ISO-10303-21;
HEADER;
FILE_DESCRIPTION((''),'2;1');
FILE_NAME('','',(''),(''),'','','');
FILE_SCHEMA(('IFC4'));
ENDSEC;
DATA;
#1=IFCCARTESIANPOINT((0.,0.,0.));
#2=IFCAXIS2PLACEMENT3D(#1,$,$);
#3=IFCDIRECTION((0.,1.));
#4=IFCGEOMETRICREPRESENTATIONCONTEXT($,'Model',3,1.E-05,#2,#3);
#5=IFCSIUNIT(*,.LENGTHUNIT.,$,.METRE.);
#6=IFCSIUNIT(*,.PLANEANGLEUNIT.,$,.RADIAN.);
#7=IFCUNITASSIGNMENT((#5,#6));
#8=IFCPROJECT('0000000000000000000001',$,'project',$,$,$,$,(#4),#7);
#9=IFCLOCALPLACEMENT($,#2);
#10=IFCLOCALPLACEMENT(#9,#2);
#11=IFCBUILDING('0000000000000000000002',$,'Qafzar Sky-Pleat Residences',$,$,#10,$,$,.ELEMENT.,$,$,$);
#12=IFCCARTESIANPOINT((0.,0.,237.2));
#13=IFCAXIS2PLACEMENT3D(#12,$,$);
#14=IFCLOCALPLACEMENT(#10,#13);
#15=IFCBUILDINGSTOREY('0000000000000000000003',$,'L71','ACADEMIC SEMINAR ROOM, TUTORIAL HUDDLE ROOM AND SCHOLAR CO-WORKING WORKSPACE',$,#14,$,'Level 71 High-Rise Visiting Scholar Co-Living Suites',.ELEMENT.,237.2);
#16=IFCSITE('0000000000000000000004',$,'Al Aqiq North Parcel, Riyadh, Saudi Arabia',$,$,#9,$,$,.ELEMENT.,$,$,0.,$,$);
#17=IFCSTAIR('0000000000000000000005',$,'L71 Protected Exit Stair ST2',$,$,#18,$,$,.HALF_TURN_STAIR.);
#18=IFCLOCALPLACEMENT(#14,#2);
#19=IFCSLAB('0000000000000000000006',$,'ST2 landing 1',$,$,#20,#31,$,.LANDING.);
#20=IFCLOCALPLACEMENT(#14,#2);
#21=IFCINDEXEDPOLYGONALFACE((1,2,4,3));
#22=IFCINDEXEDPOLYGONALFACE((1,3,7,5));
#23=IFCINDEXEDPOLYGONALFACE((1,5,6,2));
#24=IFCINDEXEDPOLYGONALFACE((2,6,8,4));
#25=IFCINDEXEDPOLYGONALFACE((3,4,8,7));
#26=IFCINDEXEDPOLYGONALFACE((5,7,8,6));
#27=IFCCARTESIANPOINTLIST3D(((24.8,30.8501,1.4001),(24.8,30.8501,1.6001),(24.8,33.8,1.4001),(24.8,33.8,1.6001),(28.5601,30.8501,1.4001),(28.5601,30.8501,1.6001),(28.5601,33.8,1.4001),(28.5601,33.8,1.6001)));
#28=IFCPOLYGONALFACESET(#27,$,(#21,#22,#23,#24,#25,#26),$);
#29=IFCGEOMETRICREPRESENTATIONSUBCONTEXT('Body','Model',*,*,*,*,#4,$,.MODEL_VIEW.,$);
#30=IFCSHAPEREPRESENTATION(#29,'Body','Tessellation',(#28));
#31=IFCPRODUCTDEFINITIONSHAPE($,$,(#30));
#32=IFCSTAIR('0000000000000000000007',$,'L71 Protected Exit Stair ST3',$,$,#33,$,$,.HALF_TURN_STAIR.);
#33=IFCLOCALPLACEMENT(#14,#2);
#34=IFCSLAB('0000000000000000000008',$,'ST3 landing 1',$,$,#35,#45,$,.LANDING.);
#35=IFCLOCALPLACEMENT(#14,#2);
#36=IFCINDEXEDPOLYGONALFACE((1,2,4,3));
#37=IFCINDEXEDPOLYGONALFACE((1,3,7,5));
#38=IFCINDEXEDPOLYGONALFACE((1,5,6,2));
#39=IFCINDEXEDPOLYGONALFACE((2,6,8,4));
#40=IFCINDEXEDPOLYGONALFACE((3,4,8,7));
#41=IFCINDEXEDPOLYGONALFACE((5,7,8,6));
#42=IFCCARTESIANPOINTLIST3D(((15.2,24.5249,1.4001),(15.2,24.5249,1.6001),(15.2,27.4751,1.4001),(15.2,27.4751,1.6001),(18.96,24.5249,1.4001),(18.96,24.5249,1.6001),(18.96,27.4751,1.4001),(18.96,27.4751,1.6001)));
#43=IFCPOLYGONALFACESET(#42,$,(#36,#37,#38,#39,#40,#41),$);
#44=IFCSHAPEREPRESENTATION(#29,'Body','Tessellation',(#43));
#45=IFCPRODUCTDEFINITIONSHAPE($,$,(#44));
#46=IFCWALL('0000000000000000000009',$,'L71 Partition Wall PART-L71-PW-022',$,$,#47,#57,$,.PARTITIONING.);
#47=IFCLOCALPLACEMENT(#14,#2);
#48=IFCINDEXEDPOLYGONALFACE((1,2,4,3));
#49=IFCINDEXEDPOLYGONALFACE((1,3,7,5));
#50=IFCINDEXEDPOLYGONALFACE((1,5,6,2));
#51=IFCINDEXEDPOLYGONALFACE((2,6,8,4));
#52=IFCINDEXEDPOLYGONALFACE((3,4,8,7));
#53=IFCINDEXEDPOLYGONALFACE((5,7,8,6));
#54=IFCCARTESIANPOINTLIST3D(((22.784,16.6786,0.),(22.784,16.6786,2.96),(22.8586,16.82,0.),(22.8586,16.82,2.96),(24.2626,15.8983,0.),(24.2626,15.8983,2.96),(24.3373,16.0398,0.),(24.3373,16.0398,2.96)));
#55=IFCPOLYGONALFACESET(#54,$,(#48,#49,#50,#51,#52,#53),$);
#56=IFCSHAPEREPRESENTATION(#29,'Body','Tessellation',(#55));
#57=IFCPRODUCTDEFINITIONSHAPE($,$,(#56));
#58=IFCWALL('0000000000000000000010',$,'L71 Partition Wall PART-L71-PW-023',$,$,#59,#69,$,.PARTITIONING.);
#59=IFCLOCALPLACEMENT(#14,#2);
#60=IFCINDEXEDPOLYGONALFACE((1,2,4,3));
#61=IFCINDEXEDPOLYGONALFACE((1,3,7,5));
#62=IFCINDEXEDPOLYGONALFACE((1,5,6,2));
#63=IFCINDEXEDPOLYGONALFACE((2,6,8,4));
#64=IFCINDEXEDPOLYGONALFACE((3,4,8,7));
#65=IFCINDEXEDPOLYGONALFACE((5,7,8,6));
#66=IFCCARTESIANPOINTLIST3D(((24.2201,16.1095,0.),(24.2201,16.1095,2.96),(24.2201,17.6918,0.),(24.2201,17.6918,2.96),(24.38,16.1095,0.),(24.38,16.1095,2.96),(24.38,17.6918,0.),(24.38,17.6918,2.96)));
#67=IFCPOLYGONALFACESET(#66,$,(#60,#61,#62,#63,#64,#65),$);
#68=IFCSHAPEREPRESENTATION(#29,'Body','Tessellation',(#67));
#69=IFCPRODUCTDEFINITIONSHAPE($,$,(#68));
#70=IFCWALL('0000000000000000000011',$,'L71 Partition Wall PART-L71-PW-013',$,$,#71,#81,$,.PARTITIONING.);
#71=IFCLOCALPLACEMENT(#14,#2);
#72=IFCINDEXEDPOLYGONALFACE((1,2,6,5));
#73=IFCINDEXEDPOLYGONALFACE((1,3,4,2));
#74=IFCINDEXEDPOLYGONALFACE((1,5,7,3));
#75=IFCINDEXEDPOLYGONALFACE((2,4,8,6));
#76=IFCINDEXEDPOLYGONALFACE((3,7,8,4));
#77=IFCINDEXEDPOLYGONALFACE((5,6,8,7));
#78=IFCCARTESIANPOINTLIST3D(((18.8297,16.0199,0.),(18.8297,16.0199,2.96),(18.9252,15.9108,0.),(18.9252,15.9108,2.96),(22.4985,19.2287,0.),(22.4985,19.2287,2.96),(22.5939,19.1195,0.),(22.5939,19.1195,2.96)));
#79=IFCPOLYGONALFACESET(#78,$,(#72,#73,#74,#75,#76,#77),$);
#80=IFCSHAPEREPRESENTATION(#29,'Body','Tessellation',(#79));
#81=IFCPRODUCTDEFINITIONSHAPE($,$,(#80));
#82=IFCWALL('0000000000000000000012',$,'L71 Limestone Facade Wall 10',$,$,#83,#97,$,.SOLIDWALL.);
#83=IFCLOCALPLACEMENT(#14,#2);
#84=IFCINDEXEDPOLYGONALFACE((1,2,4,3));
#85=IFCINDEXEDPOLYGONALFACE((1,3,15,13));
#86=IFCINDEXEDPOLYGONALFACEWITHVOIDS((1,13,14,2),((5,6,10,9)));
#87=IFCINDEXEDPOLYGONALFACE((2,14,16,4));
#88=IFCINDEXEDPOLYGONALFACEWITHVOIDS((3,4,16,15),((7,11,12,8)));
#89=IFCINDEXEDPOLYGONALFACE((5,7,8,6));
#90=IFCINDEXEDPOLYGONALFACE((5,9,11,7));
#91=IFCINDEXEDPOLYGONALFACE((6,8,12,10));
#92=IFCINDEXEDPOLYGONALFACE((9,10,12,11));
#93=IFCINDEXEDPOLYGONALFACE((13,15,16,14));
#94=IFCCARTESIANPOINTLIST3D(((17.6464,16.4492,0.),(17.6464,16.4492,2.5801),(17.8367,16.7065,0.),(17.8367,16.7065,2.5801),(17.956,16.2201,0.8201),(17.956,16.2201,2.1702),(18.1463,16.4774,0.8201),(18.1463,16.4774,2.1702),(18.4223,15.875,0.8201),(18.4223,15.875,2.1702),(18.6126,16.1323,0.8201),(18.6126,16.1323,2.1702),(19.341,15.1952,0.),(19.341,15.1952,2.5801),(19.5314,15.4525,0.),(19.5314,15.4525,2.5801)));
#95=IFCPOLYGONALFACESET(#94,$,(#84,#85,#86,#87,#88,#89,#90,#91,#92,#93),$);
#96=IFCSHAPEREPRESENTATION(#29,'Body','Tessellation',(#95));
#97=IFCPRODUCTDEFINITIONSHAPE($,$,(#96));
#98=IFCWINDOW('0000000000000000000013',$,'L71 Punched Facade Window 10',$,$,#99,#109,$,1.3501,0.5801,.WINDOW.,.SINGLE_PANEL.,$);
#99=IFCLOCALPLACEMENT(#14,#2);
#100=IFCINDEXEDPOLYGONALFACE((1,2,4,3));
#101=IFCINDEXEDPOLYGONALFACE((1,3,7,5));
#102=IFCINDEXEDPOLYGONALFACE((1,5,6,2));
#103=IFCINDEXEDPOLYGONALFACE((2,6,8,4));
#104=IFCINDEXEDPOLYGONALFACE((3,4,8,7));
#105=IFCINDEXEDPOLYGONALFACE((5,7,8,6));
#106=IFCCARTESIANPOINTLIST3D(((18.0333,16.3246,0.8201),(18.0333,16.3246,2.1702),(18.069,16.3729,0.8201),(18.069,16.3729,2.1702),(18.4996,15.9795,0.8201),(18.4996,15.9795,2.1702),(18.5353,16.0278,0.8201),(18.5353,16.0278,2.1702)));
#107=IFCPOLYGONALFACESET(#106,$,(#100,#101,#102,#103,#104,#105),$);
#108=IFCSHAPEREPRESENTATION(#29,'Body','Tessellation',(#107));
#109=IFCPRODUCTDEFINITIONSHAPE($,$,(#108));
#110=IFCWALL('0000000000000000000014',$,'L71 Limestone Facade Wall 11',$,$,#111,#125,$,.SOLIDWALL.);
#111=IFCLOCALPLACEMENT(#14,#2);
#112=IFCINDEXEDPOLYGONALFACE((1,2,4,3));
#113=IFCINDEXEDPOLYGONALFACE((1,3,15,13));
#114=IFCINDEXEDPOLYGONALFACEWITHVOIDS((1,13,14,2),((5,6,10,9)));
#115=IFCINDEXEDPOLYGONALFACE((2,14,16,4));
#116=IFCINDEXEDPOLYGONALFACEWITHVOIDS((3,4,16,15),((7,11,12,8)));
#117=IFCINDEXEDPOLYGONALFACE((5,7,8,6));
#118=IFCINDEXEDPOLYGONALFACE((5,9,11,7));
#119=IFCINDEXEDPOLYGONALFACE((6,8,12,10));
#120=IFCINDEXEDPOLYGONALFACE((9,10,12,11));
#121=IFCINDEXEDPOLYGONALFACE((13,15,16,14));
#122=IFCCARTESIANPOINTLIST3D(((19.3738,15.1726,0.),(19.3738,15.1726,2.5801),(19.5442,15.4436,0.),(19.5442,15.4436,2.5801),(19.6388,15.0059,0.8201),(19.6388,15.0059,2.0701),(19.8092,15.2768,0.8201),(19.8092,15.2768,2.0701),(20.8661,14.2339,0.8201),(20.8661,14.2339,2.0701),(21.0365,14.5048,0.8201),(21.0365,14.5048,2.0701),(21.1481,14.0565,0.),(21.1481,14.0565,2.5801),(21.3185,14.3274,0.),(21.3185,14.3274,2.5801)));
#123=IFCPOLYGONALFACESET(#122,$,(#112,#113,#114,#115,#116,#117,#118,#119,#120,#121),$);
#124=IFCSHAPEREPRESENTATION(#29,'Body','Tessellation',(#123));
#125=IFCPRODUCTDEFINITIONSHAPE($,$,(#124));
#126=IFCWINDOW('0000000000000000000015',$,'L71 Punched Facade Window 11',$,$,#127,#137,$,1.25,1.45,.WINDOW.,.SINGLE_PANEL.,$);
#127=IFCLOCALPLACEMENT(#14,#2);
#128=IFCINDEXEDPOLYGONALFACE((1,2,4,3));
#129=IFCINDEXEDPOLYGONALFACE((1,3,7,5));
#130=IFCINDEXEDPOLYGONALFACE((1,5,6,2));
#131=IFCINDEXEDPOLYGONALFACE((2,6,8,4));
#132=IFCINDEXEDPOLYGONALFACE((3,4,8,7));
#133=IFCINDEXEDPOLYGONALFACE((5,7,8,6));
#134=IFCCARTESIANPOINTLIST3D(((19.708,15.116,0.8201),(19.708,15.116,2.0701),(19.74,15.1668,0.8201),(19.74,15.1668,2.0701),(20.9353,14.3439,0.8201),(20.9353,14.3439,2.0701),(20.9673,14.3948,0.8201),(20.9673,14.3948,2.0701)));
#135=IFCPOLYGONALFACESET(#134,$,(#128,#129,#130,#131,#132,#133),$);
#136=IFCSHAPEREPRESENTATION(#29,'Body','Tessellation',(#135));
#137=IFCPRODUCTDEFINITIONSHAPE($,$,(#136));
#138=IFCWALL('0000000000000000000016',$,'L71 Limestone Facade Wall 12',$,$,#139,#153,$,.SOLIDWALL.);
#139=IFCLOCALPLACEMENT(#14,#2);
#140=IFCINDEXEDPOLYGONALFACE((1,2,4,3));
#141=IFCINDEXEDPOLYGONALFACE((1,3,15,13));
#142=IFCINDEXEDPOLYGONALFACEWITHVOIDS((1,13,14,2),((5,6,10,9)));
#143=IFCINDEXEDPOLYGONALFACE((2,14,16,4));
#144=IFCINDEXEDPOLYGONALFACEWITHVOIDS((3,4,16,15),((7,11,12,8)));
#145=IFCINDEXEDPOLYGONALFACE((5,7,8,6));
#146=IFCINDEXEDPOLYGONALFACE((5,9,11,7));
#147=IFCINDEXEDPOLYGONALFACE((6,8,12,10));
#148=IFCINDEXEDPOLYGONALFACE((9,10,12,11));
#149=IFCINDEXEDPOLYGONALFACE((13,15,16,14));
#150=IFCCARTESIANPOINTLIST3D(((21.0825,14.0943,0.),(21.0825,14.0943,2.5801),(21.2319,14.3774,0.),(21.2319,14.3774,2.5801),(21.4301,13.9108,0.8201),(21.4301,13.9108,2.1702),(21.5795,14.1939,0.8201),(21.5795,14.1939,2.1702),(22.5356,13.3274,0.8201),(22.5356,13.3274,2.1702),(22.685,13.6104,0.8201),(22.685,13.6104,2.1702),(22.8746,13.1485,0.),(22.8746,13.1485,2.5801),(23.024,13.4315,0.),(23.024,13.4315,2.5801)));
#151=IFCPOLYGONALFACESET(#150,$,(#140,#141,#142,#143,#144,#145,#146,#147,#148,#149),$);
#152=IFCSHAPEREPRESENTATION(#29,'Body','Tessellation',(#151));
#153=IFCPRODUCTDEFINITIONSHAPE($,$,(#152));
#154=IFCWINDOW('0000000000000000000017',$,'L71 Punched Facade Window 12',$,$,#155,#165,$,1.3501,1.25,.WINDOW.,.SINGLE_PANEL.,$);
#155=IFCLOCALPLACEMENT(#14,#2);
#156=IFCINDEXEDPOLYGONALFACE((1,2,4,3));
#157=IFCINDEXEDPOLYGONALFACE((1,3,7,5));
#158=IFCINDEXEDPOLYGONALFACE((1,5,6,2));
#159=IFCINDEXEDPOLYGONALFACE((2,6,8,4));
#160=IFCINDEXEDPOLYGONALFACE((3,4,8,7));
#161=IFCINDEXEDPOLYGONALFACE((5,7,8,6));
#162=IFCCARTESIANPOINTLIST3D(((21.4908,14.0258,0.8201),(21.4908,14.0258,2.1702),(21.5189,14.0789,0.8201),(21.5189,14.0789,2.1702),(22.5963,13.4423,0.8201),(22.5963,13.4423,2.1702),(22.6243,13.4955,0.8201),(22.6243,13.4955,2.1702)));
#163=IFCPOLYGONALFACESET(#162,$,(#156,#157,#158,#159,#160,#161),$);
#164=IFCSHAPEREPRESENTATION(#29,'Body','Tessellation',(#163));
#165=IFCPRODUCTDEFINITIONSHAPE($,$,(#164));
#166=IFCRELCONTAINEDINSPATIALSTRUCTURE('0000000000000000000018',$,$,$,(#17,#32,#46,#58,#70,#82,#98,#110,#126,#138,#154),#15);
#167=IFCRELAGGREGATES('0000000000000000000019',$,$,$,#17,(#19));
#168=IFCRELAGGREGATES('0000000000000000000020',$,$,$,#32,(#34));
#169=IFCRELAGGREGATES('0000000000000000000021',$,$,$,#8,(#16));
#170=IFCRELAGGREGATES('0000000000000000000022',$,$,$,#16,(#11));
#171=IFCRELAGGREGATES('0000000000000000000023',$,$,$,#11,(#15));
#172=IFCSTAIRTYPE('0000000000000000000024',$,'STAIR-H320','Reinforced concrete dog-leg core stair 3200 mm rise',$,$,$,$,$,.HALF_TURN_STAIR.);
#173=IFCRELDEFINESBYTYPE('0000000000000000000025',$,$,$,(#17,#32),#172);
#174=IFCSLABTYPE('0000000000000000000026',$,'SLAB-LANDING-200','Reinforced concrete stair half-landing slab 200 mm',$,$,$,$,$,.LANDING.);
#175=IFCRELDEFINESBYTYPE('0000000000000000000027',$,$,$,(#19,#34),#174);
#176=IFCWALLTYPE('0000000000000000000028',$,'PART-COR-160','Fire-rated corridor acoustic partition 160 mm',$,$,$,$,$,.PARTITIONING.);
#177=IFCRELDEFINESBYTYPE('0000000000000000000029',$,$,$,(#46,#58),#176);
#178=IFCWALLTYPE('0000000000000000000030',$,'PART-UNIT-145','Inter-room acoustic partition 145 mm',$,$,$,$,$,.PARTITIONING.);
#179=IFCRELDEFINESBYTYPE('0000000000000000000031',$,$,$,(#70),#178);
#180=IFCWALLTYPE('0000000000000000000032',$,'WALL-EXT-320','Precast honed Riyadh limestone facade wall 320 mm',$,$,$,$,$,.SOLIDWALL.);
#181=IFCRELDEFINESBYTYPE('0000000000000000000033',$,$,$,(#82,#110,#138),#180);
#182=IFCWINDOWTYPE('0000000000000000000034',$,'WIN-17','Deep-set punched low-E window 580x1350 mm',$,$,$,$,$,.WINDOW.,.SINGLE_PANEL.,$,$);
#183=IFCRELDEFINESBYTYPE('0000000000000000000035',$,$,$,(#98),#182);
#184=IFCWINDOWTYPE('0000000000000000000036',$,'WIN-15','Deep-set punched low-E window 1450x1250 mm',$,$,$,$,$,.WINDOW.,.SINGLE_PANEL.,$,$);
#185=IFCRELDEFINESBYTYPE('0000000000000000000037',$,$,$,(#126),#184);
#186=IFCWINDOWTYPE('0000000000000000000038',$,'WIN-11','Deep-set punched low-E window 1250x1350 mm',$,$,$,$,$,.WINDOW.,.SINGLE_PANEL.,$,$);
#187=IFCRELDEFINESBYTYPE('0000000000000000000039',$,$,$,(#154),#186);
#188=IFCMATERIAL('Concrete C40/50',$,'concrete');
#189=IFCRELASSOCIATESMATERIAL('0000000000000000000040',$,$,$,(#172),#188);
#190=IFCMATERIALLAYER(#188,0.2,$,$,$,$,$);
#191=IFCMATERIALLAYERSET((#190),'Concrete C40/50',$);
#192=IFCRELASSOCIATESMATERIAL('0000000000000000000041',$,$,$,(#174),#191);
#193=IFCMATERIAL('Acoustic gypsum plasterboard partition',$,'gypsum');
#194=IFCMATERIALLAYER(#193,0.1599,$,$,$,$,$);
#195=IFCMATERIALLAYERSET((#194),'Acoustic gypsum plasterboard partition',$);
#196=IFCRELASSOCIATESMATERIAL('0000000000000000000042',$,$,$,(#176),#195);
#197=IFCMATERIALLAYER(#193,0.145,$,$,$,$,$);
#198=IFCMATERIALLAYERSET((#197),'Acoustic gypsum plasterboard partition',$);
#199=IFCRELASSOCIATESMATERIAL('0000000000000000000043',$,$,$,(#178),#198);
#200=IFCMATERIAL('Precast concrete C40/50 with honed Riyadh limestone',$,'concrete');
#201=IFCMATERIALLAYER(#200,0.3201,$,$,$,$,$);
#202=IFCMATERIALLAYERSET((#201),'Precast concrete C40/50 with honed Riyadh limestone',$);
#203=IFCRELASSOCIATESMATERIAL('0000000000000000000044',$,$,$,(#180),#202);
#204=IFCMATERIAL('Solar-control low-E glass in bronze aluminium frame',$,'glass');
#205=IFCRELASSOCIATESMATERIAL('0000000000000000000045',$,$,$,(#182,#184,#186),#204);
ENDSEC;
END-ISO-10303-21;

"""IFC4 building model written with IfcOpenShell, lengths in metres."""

from ifc_helpers import new_model, si_unit, direction, frame, frame_2d, origin, place, context, subcontext, project, spatial, polyline, rectangle, outline, extrude, source, transform, mapped, material, layer, layer_set, type_object, element, fill, aggregate, save


model = new_model("IFC4")

# Units and contexts
model_context = context("Model", 3, precision=1e-05, world=origin(), true_north=direction((0.0, 1.0)))
body_context = subcontext(model_context, "Body", "Model", "MODEL_VIEW")
ifc_project = project(units=[si_unit("LENGTHUNIT", "METRE"), si_unit("PLANEANGLEUNIT", "RADIAN")], contexts=[model_context])

# Site, building, storey
site_placement = place(None, origin())
site = spatial("IfcSite", under=ifc_project, at=site_placement, Name="Al Aqiq North Parcel, Riyadh, Saudi Arabia", CompositionType="ELEMENT", RefElevation=0.0)
building_placement = place(site_placement, origin())
building = spatial("IfcBuilding", under=site, at=building_placement, Name="Qafzar Sky-Pleat Residences", CompositionType="ELEMENT")
storey_placement = place(building_placement, frame((0.0, 0.0, 237.2)))
storey = spatial("IfcBuildingStorey", under=building, at=storey_placement, Name="L71", Description="ACADEMIC SEMINAR ROOM, TUTORIAL HUDDLE ROOM AND SCHOLAR CO-WORKING WORKSPACE", LongName="Level 71 High-Rise Visiting Scholar Co-Living Suites", CompositionType="ELEMENT", Elevation=237.2)

# Shared definitions
ifc_material_1 = material(Name="Concrete C40/50", Category="concrete")

# Stairs, slabs
stair_type = type_object("IfcStairType", Name="STAIR-H320", Description="Reinforced concrete dog-leg core stair 3200 mm rise", PredefinedType="HALF_TURN_STAIR", material=ifc_material_1)
ifc_layer_1 = layer(ifc_material_1, 0.2)
ifc_layer_set_1 = layer_set([ifc_layer_1], Name="Concrete C40/50")
slab_type_1 = type_object("IfcSlabType", Name="SLAB-LANDING-200", Description="Reinforced concrete stair half-landing slab 200 mm", PredefinedType="LANDING", material=ifc_layer_set_1)
stair_1_placement = place(storey_placement, origin())
stair_1 = element("IfcStair", 1, at=stair_1_placement, inside=storey, type_object=stair_type, Name="L71 Protected Exit Stair ST2", PredefinedType="HALF_TURN_STAIR")
slab_1_placement = place(storey_placement, frame((0.0, 0.0, 1.4001)))
slab_1 = element("IfcSlab", 2, at=slab_1_placement, type_object=slab_type_1, Name="ST2 landing 1", PredefinedType="LANDING", context=body_context, shape_type="SweptSolid", body=[
    extrude(outline(polyline([(28.5601, 33.8), (24.8, 33.8), (24.8, 30.8501), (28.5601, 30.8501), (28.5601, 33.8)])), origin(), (0.0, 0.0, 1.0), 0.2),
])
aggregate(stair_1, [slab_1])
stair_2_placement = place(storey_placement, origin())
stair_2 = element("IfcStair", 3, at=stair_2_placement, inside=storey, type_object=stair_type, Name="L71 Protected Exit Stair ST3", PredefinedType="HALF_TURN_STAIR")
slab_2_placement = place(storey_placement, frame((0.0, 0.0, 1.4001)))
slab_2 = element("IfcSlab", 4, at=slab_2_placement, type_object=slab_type_1, Name="ST3 landing 1", PredefinedType="LANDING", context=body_context, shape_type="SweptSolid", body=[
    extrude(outline(polyline([(18.96, 27.4751), (15.2, 27.4751), (15.2, 24.5249), (18.96, 24.5249), (18.96, 27.4751)])), origin(), (0.0, 0.0, 1.0), 0.2),
])
aggregate(stair_2, [slab_2])

# Walls
ifc_material_2 = material(Name="Acoustic gypsum plasterboard partition", Category="gypsum")
ifc_layer_2 = layer(ifc_material_2, 0.1599)
ifc_layer_set_2 = layer_set([ifc_layer_2], Name="Acoustic gypsum plasterboard partition")
wall_type_1 = type_object("IfcWallType", Name="PART-COR-160", Description="Fire-rated corridor acoustic partition 160 mm", PredefinedType="PARTITIONING", material=ifc_layer_set_2)
wall_1_placement = place(storey_placement, frame((22.8213, 16.7493, 0.0), z_axis=(0.0, 0.0, 1.0), x_axis=(0.88443, -0.466673, 0.0)))
element("IfcWall", 5, at=wall_1_placement, inside=storey, type_object=wall_type_1, Name="L71 Partition Wall PART-L71-PW-022", PredefinedType="PARTITIONING", context=body_context, shape_type="SweptSolid", body=[
    extrude(rectangle(XDim=1.6719, YDim=0.1599, at=frame_2d((0.8359, 0.0))), origin(), (0.0, 0.0, 1.0), 2.96),
])
wall_2_placement = place(storey_placement, frame((24.3, 16.1096, 0.0), z_axis=(0.0, 0.0, 1.0), x_axis=(0.0, 1.0, 0.0)))
element("IfcWall", 6, at=wall_2_placement, inside=storey, type_object=wall_type_1, Name="L71 Partition Wall PART-L71-PW-023", PredefinedType="PARTITIONING", context=body_context, shape_type="SweptSolid", body=[
    extrude(rectangle(XDim=1.5823, YDim=0.1599, at=frame_2d((0.791, 0.0))), origin(), (0.0, 0.0, 1.0), 2.96),
])
ifc_layer_3 = layer(ifc_material_2, 0.145)
ifc_layer_set_3 = layer_set([ifc_layer_3], Name="Acoustic gypsum plasterboard partition")
wall_type_2 = type_object("IfcWallType", Name="PART-UNIT-145", Description="Inter-room acoustic partition 145 mm", PredefinedType="PARTITIONING", material=ifc_layer_set_3)
wall_3_placement = place(storey_placement, frame((18.8774, 15.9653, 0.0), z_axis=(0.0, 0.0, 1.0), x_axis=(0.752716, 0.658345, 0.0)))
element("IfcWall", 7, at=wall_3_placement, inside=storey, type_object=wall_type_2, Name="L71 Partition Wall PART-L71-PW-013", PredefinedType="PARTITIONING", context=body_context, shape_type="SweptSolid", body=[
    extrude(rectangle(XDim=4.874, YDim=0.145, at=frame_2d((2.437, 0.0))), origin(), (0.0, 0.0, 1.0), 2.96),
])

# Walls, openings, windows
ifc_material_3 = material(Name="Precast concrete C40/50 with honed Riyadh limestone", Category="concrete")
ifc_layer_4 = layer(ifc_material_3, 0.3201)
ifc_layer_set_4 = layer_set([ifc_layer_4], Name="Precast concrete C40/50 with honed Riyadh limestone")
wall_type_3 = type_object("IfcWallType", Name="WALL-EXT-320", Description="Precast honed Riyadh limestone facade wall 320 mm", PredefinedType="SOLIDWALL", material=ifc_layer_set_4)
wall_4_placement = place(storey_placement, frame((17.7415, 16.5779, 0.0), z_axis=(0.0, 0.0, 1.0), x_axis=(0.803861, -0.594818, 0.0)))
wall_4 = element("IfcWall", 8, at=wall_4_placement, inside=storey, type_object=wall_type_3, Name="L71 Limestone Facade Wall 10", PredefinedType="SOLIDWALL", context=body_context, shape_type="SweptSolid", body=[
    extrude(rectangle(XDim=2.1082, YDim=0.3201, at=frame_2d((1.0542, 0.0))), origin(), (0.0, 0.0, 1.0), 2.5801),
])
opening_1_placement = place(wall_4_placement, frame((0.3853, 0.0, 0.8201)))
opening_1 = element("IfcOpeningElement", 9, at=opening_1_placement, cuts=wall_4, PredefinedType="OPENING", context=body_context, shape_type="SweptSolid", body=[
    extrude(rectangle(XDim=0.5801, YDim=1.3501, at=frame_2d((0.29, 0.675))), frame((0.0, 0.1699, 0.0), z_axis=(0.0, -1.0, 0.0), x_axis=(1.0, 0.0, 0.0)), (0.0, 0.0, 1.0), 0.3401),
])
ifc_material_4 = material(Name="Solar-control low-E glass in bronze aluminium frame", Category="glass")
window_type_1 = type_object("IfcWindowType", Name="WIN-17", Description="Deep-set punched low-E window 580x1350 mm", PartitioningType="SINGLE_PANEL", PredefinedType="WINDOW", material=ifc_material_4)
shared_shape_1 = source(origin(), body_context, "Body", "SweptSolid", [
    extrude(rectangle(XDim=0.5801, YDim=1.3501, at=frame_2d((0.29, 0.675))), frame((0.0, 0.03, 0.0), z_axis=(0.0, -1.0, 0.0), x_axis=(1.0, 0.0, 0.0)), (0.0, 0.0, 1.0), 0.0601),
])
window_1_placement = place(opening_1_placement, origin())
window_1 = element("IfcWindow", 10, at=window_1_placement, inside=storey, type_object=window_type_1, Name="L71 Punched Facade Window 10", OverallHeight=1.3501, OverallWidth=0.5801, PartitioningType="SINGLE_PANEL", PredefinedType="WINDOW", context=body_context, shape_type="MappedRepresentation", body=[
    mapped(shared_shape_1, transform((0.0, 0.0, 0.0), x_axis=(1.0, 0.0, 0.0), y_axis=(0.0, 1.0, 0.0), z_axis=(0.0, 0.0, 1.0), scale=1.0)),
])
fill(opening_1, window_1)
wall_5_placement = place(storey_placement, frame((19.459, 15.3081, 0.0), z_axis=(0.0, 0.0, 1.0), x_axis=(0.846451, -0.532467, 0.0)))
wall_5 = element("IfcWall", 11, at=wall_5_placement, inside=storey, type_object=wall_type_3, Name="L71 Limestone Facade Wall 11", PredefinedType="SOLIDWALL", context=body_context, shape_type="SweptSolid", body=[
    extrude(rectangle(XDim=2.0962, YDim=0.3201, at=frame_2d((1.0481, 0.0))), origin(), (0.0, 0.0, 1.0), 2.5801),
])
opening_2_placement = place(wall_5_placement, frame((0.313, 0.0, 0.8201)))
opening_2 = element("IfcOpeningElement", 12, at=opening_2_placement, cuts=wall_5, PredefinedType="OPENING", context=body_context, shape_type="SweptSolid", body=[
    extrude(rectangle(XDim=1.45, YDim=1.25, at=frame_2d((0.7251, 0.625))), frame((0.0, 0.1699, 0.0), z_axis=(0.0, -1.0, 0.0), x_axis=(1.0, 0.0, 0.0)), (0.0, 0.0, 1.0), 0.3401),
])
window_type_2 = type_object("IfcWindowType", Name="WIN-15", Description="Deep-set punched low-E window 1450x1250 mm", PartitioningType="SINGLE_PANEL", PredefinedType="WINDOW", material=ifc_material_4)
shared_shape_2 = source(origin(), body_context, "Body", "SweptSolid", [
    extrude(rectangle(XDim=1.45, YDim=1.25, at=frame_2d((0.7251, 0.625))), frame((0.0, 0.03, 0.0), z_axis=(0.0, -1.0, 0.0), x_axis=(1.0, 0.0, 0.0)), (0.0, 0.0, 1.0), 0.0601),
])
window_2_placement = place(opening_2_placement, origin())
window_2 = element("IfcWindow", 13, at=window_2_placement, inside=storey, type_object=window_type_2, Name="L71 Punched Facade Window 11", OverallHeight=1.25, OverallWidth=1.45, PartitioningType="SINGLE_PANEL", PredefinedType="WINDOW", context=body_context, shape_type="MappedRepresentation", body=[
    mapped(shared_shape_2, transform((0.0, 0.0, 0.0), x_axis=(1.0, 0.0, 0.0), y_axis=(0.0, 1.0, 0.0), z_axis=(0.0, 0.0, 1.0), scale=1.0)),
])
fill(opening_2, window_2)
wall_6_placement = place(storey_placement, frame((21.1572, 14.2358, 0.0), z_axis=(0.0, 0.0, 1.0), x_axis=(0.884379, -0.466769, 0.0)))
wall_6 = element("IfcWall", 14, at=wall_6_placement, inside=storey, type_object=wall_type_3, Name="L71 Limestone Facade Wall 12", PredefinedType="SOLIDWALL", context=body_context, shape_type="SweptSolid", body=[
    extrude(rectangle(XDim=2.0264, YDim=0.3201, at=frame_2d((1.0132, 0.0))), origin(), (0.0, 0.0, 1.0), 2.5801),
])
opening_3_placement = place(wall_6_placement, frame((0.3931, 0.0, 0.8201)))
opening_3 = element("IfcOpeningElement", 15, at=opening_3_placement, cuts=wall_6, PredefinedType="OPENING", context=body_context, shape_type="SweptSolid", body=[
    extrude(rectangle(XDim=1.25, YDim=1.3501, at=frame_2d((0.625, 0.675))), frame((0.0, 0.1699, 0.0), z_axis=(0.0, -1.0, 0.0), x_axis=(1.0, 0.0, 0.0)), (0.0, 0.0, 1.0), 0.3401),
])
window_type_3 = type_object("IfcWindowType", Name="WIN-11", Description="Deep-set punched low-E window 1250x1350 mm", PartitioningType="SINGLE_PANEL", PredefinedType="WINDOW", material=ifc_material_4)
shared_shape_3 = source(origin(), body_context, "Body", "SweptSolid", [
    extrude(rectangle(XDim=1.25, YDim=1.3501, at=frame_2d((0.625, 0.675))), frame((0.0, 0.03, 0.0), z_axis=(0.0, -1.0, 0.0), x_axis=(1.0, 0.0, 0.0)), (0.0, 0.0, 1.0), 0.0601),
])
window_3_placement = place(opening_3_placement, origin())
window_3 = element("IfcWindow", 16, at=window_3_placement, inside=storey, type_object=window_type_3, Name="L71 Punched Facade Window 12", OverallHeight=1.3501, OverallWidth=1.25, PartitioningType="SINGLE_PANEL", PredefinedType="WINDOW", context=body_context, shape_type="MappedRepresentation", body=[
    mapped(shared_shape_3, transform((0.0, 0.0, 0.0), x_axis=(1.0, 0.0, 0.0), y_axis=(0.0, 1.0, 0.0), z_axis=(0.0, 0.0, 1.0), scale=1.0)),
])
fill(opening_3, window_3)

save(model, "model.ifc")
